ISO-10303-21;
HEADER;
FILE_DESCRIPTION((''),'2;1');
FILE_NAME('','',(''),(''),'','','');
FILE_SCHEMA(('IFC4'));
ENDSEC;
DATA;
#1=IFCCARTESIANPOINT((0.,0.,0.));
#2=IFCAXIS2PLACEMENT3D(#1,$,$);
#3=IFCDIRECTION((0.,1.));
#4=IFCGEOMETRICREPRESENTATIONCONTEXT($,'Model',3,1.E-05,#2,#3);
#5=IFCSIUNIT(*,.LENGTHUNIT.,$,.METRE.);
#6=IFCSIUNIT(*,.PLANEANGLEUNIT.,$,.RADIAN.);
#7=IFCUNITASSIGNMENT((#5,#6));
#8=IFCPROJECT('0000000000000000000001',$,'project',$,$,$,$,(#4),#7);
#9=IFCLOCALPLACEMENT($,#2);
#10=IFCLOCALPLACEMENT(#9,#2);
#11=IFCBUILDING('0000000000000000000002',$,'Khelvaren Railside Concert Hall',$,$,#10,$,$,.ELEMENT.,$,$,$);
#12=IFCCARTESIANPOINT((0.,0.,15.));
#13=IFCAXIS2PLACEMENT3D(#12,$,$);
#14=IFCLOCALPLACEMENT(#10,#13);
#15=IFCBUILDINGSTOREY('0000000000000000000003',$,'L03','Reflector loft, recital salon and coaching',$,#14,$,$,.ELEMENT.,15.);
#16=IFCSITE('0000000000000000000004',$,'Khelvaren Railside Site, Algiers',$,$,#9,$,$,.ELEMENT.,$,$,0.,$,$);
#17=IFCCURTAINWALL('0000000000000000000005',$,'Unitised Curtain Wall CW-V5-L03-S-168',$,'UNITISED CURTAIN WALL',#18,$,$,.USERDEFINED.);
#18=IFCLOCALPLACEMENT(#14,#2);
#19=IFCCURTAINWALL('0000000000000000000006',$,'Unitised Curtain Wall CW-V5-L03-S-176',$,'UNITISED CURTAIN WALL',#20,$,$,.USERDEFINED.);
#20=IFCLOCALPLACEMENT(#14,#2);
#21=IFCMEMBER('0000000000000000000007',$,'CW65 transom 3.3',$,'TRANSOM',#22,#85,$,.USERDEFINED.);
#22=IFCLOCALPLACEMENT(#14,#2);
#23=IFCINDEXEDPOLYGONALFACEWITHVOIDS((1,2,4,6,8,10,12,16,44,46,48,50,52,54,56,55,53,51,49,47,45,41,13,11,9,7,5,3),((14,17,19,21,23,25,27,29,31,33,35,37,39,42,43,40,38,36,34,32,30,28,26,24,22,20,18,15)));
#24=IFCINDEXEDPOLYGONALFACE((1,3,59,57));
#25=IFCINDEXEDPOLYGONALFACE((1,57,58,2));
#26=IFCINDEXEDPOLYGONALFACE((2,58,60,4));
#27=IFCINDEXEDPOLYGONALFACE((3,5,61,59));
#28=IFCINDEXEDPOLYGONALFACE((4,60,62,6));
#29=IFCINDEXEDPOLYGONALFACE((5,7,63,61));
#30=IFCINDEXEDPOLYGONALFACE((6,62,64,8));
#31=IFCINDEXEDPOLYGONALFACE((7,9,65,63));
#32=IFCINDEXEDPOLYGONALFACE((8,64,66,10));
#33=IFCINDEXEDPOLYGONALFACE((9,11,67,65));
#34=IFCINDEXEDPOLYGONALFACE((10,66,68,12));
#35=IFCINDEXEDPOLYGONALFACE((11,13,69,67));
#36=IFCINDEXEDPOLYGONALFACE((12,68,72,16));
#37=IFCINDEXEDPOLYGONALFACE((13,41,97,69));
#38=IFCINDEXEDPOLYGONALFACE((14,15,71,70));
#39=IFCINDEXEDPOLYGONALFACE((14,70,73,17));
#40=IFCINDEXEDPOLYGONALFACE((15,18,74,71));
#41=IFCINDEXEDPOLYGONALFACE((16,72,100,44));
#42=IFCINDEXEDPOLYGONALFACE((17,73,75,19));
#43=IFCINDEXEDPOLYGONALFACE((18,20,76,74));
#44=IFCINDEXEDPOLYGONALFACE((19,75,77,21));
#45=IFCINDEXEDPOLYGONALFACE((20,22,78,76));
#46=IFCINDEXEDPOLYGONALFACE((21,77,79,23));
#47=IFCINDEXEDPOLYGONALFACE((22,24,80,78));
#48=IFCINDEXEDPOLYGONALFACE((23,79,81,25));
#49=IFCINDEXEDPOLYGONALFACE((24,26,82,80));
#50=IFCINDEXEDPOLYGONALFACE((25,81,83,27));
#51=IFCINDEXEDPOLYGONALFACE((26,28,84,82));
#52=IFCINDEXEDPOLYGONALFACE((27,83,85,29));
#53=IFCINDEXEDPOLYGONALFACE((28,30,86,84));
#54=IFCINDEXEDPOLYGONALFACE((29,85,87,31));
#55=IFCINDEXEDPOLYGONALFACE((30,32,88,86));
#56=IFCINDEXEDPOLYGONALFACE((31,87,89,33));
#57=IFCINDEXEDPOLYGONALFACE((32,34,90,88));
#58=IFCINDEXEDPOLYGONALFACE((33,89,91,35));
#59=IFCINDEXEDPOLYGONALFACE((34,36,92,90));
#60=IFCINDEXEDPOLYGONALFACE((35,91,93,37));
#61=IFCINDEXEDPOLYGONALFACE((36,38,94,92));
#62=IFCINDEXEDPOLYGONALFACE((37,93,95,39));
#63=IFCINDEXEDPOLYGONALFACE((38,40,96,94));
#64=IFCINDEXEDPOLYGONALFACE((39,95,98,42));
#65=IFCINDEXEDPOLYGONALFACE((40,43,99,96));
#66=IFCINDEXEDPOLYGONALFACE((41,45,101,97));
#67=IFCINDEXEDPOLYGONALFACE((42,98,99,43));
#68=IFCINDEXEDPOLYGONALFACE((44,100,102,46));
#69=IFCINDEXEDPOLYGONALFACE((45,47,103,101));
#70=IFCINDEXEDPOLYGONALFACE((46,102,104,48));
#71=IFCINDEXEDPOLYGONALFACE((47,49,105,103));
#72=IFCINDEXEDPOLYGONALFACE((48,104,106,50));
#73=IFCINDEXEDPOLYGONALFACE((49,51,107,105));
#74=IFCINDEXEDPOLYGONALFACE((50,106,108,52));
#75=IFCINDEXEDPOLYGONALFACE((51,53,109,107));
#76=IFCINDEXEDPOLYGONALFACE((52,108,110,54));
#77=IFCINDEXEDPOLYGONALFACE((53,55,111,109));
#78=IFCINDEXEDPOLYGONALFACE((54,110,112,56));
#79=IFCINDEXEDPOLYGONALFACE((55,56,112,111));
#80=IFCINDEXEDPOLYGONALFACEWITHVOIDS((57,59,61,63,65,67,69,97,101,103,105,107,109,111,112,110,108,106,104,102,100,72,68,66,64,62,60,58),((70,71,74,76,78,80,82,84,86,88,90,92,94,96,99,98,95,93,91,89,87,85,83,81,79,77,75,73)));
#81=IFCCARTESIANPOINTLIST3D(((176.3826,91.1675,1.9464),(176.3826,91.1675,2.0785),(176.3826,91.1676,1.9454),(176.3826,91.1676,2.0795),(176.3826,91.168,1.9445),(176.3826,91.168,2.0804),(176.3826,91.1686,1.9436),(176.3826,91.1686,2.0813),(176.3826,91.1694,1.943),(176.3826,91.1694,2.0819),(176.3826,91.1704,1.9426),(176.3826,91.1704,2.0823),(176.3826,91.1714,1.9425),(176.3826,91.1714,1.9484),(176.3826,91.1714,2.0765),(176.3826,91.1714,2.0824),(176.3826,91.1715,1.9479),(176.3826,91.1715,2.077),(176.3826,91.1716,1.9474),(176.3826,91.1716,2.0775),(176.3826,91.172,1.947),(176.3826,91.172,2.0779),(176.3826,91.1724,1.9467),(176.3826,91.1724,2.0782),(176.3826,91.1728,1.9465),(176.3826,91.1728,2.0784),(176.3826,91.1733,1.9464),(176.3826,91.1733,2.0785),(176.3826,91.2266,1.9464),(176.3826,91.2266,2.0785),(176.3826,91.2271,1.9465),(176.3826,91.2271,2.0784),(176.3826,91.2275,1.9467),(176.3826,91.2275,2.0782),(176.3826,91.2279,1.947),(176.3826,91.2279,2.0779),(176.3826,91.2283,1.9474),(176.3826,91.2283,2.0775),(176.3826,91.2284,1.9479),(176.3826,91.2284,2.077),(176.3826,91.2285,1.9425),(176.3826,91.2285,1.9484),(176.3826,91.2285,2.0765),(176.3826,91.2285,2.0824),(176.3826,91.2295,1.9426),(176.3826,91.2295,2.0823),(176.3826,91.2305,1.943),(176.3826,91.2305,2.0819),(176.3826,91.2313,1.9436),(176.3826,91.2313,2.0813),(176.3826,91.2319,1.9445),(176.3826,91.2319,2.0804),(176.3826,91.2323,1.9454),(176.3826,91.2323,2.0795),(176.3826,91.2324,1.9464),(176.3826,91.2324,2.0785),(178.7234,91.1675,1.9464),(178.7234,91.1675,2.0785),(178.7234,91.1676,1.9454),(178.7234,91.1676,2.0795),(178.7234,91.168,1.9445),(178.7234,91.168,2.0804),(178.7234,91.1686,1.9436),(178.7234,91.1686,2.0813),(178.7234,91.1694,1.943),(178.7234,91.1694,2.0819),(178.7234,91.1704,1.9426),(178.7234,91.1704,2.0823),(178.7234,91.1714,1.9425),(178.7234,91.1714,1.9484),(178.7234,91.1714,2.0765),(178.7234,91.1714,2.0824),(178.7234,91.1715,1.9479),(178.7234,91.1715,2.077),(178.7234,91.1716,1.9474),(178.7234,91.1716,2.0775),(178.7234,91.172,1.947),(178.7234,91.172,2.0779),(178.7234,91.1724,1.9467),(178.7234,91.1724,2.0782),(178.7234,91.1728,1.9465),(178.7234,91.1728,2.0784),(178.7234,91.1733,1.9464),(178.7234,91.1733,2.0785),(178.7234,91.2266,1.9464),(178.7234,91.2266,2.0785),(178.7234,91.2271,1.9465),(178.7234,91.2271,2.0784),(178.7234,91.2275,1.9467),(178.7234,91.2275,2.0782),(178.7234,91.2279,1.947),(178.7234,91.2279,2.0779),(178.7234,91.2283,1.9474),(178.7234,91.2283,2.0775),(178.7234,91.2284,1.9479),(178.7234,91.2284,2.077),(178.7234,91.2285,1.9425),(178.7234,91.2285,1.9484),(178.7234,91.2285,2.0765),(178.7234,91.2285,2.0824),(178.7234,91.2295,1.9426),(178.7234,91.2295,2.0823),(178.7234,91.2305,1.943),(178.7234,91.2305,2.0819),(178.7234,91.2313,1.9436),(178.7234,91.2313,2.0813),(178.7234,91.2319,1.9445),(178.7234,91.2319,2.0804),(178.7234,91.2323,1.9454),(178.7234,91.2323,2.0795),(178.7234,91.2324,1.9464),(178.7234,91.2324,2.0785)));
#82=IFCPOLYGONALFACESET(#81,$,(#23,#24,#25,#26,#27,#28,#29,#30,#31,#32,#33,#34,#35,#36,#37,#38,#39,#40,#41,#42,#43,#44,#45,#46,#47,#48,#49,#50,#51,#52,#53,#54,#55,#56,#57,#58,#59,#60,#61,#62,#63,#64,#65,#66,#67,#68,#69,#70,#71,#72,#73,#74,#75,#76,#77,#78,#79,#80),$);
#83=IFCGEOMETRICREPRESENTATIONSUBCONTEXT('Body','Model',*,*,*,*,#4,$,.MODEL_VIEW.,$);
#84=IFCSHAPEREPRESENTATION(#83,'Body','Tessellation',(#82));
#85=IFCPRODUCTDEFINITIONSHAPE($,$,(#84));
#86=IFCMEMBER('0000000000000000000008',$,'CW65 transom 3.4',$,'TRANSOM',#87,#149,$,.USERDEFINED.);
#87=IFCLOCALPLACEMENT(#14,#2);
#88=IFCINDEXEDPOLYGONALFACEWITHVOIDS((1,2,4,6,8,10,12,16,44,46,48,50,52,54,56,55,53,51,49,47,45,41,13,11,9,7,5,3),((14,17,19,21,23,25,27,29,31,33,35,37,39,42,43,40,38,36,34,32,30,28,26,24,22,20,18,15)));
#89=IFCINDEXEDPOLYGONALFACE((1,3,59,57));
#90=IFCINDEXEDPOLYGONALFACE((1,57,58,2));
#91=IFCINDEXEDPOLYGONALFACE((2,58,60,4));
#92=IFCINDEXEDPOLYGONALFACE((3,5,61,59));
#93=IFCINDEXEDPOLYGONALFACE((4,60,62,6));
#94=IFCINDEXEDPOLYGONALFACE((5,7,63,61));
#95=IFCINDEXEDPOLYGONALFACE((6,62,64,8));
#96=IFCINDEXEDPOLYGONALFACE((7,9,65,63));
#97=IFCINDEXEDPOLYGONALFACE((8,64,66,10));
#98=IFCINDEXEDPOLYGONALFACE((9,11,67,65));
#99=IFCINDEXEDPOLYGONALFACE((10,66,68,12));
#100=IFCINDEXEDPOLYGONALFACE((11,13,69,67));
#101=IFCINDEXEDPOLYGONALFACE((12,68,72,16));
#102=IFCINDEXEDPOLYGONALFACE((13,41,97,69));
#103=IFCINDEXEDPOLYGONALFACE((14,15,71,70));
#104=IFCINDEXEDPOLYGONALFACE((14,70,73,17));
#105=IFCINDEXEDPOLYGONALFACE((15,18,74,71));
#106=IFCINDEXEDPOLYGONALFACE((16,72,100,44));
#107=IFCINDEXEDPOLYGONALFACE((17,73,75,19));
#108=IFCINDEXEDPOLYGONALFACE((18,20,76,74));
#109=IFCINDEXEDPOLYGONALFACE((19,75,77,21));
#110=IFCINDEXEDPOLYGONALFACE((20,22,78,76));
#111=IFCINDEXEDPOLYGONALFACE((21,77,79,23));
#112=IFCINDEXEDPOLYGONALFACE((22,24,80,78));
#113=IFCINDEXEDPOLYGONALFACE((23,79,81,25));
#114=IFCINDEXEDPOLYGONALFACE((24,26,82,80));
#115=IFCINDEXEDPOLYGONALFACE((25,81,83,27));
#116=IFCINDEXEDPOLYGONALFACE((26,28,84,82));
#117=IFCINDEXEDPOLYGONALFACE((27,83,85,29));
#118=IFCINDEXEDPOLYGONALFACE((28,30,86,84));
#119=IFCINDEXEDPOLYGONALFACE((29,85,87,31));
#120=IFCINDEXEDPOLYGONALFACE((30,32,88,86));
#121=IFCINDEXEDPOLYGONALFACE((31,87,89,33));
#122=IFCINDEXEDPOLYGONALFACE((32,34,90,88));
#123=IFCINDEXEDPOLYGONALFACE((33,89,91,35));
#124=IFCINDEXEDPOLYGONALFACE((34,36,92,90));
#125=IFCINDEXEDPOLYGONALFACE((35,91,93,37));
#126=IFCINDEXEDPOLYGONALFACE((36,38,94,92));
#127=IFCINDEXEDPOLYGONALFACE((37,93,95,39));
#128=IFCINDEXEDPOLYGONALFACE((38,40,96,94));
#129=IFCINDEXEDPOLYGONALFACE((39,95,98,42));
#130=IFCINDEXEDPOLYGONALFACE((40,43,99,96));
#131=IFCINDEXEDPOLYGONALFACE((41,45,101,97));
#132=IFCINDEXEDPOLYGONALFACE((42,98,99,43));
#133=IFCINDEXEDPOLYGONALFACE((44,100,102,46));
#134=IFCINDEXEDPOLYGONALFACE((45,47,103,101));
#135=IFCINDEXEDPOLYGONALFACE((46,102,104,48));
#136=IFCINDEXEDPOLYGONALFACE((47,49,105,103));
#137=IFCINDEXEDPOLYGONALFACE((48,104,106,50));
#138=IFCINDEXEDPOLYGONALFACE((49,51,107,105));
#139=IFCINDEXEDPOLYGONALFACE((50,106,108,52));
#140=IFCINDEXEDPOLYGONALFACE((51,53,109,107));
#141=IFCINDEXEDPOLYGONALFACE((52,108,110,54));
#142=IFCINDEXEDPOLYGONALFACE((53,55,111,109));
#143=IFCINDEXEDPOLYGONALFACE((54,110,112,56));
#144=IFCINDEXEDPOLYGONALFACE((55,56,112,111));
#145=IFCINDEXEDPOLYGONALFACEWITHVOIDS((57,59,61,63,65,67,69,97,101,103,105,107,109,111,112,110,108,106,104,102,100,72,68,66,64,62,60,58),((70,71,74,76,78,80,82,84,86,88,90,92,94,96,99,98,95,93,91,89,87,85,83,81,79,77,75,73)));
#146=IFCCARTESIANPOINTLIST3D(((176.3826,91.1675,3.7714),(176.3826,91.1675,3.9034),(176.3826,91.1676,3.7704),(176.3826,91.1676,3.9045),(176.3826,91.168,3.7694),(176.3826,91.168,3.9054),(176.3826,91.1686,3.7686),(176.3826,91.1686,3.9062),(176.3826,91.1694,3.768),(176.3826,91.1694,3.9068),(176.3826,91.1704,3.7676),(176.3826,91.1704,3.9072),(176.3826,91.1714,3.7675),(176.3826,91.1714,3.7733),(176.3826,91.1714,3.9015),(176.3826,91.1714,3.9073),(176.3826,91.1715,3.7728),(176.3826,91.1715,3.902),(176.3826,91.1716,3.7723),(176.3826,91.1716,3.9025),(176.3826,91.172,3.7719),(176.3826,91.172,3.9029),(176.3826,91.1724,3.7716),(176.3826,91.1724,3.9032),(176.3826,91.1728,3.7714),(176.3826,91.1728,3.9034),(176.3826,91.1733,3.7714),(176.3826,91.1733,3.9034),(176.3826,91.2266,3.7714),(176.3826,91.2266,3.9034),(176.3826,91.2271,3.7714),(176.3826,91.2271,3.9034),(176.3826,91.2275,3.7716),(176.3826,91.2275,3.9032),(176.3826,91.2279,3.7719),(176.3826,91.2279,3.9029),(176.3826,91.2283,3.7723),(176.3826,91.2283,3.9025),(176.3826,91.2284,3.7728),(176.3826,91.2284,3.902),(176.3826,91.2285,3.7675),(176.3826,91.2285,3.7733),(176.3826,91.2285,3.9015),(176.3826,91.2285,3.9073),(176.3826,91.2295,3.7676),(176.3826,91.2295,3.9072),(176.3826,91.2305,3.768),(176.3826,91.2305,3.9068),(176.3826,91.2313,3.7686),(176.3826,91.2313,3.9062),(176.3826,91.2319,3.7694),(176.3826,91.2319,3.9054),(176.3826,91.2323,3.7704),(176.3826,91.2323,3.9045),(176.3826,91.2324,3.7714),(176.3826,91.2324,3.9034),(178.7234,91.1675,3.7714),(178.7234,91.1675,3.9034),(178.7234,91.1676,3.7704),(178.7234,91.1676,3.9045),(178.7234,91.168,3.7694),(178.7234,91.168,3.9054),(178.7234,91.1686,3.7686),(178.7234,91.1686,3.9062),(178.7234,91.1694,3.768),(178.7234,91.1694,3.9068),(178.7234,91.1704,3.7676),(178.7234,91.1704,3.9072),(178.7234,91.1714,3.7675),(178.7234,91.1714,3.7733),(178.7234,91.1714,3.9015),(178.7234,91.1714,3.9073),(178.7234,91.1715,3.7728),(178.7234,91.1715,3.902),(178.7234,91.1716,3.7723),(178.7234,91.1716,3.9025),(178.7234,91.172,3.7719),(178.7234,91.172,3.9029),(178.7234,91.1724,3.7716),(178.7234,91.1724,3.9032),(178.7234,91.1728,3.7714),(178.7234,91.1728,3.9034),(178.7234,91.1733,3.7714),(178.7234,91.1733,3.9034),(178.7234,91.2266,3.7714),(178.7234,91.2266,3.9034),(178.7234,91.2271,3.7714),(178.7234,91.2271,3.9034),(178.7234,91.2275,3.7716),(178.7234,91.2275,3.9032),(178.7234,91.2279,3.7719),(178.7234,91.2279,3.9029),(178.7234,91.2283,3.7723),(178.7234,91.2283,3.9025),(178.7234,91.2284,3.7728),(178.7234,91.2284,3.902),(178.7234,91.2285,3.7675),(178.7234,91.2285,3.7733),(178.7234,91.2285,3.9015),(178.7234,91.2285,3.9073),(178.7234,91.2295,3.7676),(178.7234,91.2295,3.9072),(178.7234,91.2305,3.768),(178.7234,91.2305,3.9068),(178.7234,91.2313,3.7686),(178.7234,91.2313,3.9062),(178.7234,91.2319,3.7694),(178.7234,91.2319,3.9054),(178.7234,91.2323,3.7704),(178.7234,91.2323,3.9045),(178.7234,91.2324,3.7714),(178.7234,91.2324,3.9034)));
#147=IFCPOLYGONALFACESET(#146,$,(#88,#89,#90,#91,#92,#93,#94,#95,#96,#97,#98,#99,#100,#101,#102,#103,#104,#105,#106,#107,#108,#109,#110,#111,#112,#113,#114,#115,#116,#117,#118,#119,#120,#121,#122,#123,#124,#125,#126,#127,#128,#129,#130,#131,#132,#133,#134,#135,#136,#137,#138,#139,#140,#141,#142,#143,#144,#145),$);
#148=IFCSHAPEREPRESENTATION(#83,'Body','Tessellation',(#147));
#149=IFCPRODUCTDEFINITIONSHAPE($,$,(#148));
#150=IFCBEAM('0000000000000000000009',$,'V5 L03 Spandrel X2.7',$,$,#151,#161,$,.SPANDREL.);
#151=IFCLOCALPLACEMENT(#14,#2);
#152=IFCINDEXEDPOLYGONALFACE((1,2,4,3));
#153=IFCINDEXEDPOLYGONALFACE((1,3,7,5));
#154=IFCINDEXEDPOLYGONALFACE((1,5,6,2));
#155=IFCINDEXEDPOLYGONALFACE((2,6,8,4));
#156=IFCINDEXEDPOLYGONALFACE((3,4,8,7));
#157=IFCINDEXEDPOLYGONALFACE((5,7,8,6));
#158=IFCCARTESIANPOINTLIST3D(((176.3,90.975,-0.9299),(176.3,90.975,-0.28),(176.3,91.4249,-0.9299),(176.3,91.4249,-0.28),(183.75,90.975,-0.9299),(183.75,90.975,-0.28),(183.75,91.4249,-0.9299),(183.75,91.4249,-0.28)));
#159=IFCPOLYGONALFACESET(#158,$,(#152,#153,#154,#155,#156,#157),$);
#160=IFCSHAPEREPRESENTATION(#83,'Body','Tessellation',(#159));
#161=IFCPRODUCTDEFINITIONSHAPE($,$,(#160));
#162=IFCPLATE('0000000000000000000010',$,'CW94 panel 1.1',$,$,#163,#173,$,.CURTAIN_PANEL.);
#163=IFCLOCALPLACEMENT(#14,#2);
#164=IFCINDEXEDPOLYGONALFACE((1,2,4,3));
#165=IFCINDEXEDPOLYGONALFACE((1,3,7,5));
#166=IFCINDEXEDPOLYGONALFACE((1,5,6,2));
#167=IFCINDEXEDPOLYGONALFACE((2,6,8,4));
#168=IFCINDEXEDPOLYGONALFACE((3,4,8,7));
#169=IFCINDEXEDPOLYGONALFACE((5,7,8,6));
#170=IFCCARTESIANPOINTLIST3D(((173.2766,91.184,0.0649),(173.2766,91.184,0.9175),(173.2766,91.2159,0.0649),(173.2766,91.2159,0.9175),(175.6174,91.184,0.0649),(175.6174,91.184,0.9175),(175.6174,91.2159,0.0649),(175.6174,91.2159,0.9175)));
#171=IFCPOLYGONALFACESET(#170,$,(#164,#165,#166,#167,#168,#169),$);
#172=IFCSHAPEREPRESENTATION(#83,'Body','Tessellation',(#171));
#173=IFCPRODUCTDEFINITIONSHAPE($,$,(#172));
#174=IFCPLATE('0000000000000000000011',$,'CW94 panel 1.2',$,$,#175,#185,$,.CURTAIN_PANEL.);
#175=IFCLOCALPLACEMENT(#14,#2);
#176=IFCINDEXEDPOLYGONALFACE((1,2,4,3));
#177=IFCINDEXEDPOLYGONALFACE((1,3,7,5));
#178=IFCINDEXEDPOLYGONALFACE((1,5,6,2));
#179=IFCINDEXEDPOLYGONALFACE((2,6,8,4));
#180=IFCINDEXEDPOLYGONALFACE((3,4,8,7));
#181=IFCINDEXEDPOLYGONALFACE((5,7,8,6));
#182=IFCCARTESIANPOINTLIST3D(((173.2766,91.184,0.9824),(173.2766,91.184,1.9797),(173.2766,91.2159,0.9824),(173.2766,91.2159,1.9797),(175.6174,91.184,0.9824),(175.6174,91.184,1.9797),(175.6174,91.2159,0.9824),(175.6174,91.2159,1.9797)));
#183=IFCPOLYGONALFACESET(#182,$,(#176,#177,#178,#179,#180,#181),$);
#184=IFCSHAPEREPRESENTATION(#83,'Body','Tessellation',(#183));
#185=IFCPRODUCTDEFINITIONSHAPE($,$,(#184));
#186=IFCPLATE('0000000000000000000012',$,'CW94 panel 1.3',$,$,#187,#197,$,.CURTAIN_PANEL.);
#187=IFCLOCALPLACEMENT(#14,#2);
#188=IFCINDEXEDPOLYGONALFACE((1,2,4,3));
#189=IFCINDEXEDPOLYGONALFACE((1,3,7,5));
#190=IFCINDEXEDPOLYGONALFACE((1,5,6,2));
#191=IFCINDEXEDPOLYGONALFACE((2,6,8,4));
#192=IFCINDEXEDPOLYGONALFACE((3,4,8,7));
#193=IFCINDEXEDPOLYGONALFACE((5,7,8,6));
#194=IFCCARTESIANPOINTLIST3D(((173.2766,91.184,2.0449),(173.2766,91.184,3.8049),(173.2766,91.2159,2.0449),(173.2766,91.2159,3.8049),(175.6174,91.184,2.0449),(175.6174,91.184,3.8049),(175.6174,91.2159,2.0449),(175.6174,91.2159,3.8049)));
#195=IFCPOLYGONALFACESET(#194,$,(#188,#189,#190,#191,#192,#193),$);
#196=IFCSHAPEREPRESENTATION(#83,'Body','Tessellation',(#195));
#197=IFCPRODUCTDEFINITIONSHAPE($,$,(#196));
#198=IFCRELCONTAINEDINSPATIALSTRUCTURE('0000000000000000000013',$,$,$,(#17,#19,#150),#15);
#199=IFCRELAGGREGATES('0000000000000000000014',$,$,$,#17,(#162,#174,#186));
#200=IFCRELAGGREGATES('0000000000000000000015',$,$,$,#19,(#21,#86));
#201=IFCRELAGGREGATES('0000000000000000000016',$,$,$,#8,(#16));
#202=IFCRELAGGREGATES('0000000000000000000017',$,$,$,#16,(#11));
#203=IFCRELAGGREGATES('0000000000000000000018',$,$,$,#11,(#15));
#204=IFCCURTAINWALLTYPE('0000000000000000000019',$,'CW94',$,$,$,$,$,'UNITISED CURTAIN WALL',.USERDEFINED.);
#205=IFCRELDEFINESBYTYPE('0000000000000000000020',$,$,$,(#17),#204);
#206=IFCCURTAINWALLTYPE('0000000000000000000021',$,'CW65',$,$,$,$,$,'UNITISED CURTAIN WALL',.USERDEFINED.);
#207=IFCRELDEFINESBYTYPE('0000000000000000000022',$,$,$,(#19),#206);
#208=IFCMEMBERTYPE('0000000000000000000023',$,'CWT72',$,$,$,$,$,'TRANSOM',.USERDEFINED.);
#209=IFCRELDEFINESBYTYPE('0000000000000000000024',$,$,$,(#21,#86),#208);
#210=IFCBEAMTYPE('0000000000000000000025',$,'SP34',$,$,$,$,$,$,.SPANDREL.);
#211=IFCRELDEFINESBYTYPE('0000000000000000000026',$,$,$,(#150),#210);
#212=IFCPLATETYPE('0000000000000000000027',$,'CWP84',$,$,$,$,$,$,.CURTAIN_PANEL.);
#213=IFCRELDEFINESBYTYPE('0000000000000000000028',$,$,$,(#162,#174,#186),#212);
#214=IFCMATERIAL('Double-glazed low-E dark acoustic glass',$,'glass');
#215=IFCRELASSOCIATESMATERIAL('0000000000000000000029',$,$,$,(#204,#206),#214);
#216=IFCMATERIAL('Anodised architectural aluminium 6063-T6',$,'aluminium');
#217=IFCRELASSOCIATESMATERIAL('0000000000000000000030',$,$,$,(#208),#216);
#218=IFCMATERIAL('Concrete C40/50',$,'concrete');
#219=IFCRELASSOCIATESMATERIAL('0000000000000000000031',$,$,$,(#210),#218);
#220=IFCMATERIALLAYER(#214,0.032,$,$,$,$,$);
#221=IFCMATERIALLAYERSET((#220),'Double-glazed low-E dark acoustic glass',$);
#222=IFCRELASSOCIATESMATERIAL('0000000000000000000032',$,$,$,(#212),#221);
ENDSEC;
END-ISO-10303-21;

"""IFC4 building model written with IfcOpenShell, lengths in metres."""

from ifc_helpers import new_model, si_unit, direction, frame, origin, origin_2d, place, context, subcontext, project, spatial, rectangle, hollow_rectangle, extrude, material, layer, layer_set, material_profile, profile_set, type_object, element, aggregate, save


model = new_model("IFC4")

# Units and contexts
model_context = context("Model", 3, precision=1e-05, world=origin(), true_north=direction((0.0, 1.0)))
body_context = subcontext(model_context, "Body", "Model", "MODEL_VIEW")
ifc_project = project(units=[si_unit("LENGTHUNIT", "METRE"), si_unit("PLANEANGLEUNIT", "RADIAN")], contexts=[model_context])

# Site, building, storey
site_placement = place(None, origin())
site = spatial("IfcSite", under=ifc_project, at=site_placement, Name="Khelvaren Railside Site, Algiers", CompositionType="ELEMENT", RefElevation=0.0)
building_placement = place(site_placement, origin())
building = spatial("IfcBuilding", under=site, at=building_placement, Name="Khelvaren Railside Concert Hall", CompositionType="ELEMENT")
storey_placement = place(building_placement, frame((0.0, 0.0, 15.0)))
storey = spatial("IfcBuildingStorey", under=building, at=storey_placement, Name="L03", Description="Reflector loft, recital salon and coaching", CompositionType="ELEMENT", Elevation=15.0)

# Curtain wall
ifc_material_1 = material(Name="Double-glazed low-E dark acoustic glass", Category="glass")
curtain_wall_type_1 = type_object("IfcCurtainWallType", Name="CW94", ElementType="UNITISED CURTAIN WALL", PredefinedType="USERDEFINED", material=ifc_material_1)
curtain_wall_1_placement = place(storey_placement, origin())
curtain_wall_1 = element("IfcCurtainWall", 1, at=curtain_wall_1_placement, inside=storey, type_object=curtain_wall_type_1, Name="Unitised Curtain Wall CW-V5-L03-S-168", ObjectType="UNITISED CURTAIN WALL", PredefinedType="USERDEFINED")
ifc_material_2 = material(Name="Anodised architectural aluminium 6063-T6", Category="aluminium")

# Curtain wall
curtain_wall_type_2 = type_object("IfcCurtainWallType", Name="CW65", ElementType="UNITISED CURTAIN WALL", PredefinedType="USERDEFINED", material=ifc_material_1)
curtain_wall_2_placement = place(storey_placement, origin())
curtain_wall_2 = element("IfcCurtainWall", 2, at=curtain_wall_2_placement, inside=storey, type_object=curtain_wall_type_2, Name="Unitised Curtain Wall CW-V5-L03-S-176", ObjectType="UNITISED CURTAIN WALL", PredefinedType="USERDEFINED")

# Members
ifc_material_profile_1 = material_profile(ifc_material_2, hollow_rectangle(XDim=0.0649, YDim=0.1399, WallThickness=0.0039, InnerFilletRadius=0.002, OuterFilletRadius=0.0039, at=origin_2d()), Name="CWT 65x140x4")
ifc_profile_set_1 = profile_set([ifc_material_profile_1], Name="Anodised architectural aluminium 6063-T6")
member_type_1 = type_object("IfcMemberType", Name="CWT72", ElementType="TRANSOM", PredefinedType="USERDEFINED", material=ifc_profile_set_1)
member_1_placement = place(storey_placement, frame((178.7234, 91.2, 2.0125), z_axis=(-1.0, 0.0, 0.0), x_axis=(0.0, -1.0, 0.0)))
member_1 = element("IfcMember", 3, at=member_1_placement, type_object=member_type_1, Name="CW65 transom 3.3", ObjectType="TRANSOM", PredefinedType="USERDEFINED", context=body_context, shape_type="SweptSolid", body=[
    extrude(hollow_rectangle(XDim=0.0649, YDim=0.1399, WallThickness=0.0039, InnerFilletRadius=0.002, OuterFilletRadius=0.0039, at=origin_2d()), origin(), (0.0, 0.0, 1.0), 2.3408),
])
member_2_placement = place(storey_placement, frame((178.7234, 91.2, 3.8374), z_axis=(-1.0, 0.0, 0.0), x_axis=(0.0, -1.0, 0.0)))
member_2 = element("IfcMember", 4, at=member_2_placement, type_object=member_type_1, Name="CW65 transom 3.4", ObjectType="TRANSOM", PredefinedType="USERDEFINED", context=body_context, shape_type="SweptSolid", body=[
    extrude(hollow_rectangle(XDim=0.0649, YDim=0.1399, WallThickness=0.0039, InnerFilletRadius=0.002, OuterFilletRadius=0.0039, at=origin_2d()), origin(), (0.0, 0.0, 1.0), 2.3408),
])

# Beam
ifc_material_3 = material(Name="Concrete C40/50", Category="concrete")
ifc_material_profile_2 = material_profile(ifc_material_3, rectangle(XDim=0.45, YDim=0.6499, at=origin_2d()), Name="RCB 450x650")
ifc_profile_set_2 = profile_set([ifc_material_profile_2], Name="Concrete C40/50")
beam_type = type_object("IfcBeamType", Name="SP34", PredefinedType="SPANDREL", material=ifc_profile_set_2)
beam_placement = place(storey_placement, frame((176.3, 91.2, -0.605), z_axis=(1.0, 0.0, 0.0), x_axis=(0.0, 1.0, 0.0)))
element("IfcBeam", 5, at=beam_placement, inside=storey, type_object=beam_type, Name="V5 L03 Spandrel X2.7", PredefinedType="SPANDREL", context=body_context, shape_type="SweptSolid", body=[
    extrude(rectangle(XDim=0.45, YDim=0.6499, at=origin_2d()), origin(), (0.0, 0.0, 1.0), 7.45),
])

# Plates
ifc_layer = layer(ifc_material_1, 0.032)
ifc_layer_set = layer_set([ifc_layer], Name="Double-glazed low-E dark acoustic glass")
plate_type = type_object("IfcPlateType", Name="CWP84", PredefinedType="CURTAIN_PANEL", material=ifc_layer_set)
plate_1_placement = place(storey_placement, frame((174.447, 91.2, 0.0649), z_axis=(0.0, 0.0, 1.0), x_axis=(-1.0, 0.0, 0.0)))
plate_1 = element("IfcPlate", 6, at=plate_1_placement, type_object=plate_type, Name="CW94 panel 1.1", PredefinedType="CURTAIN_PANEL", context=body_context, shape_type="SweptSolid", body=[
    extrude(rectangle(XDim=2.3408, YDim=0.032, at=origin_2d()), origin(), (0.0, 0.0, 1.0), 0.8525),
])
plate_2_placement = place(storey_placement, frame((174.447, 91.2, 0.9824), z_axis=(0.0, 0.0, 1.0), x_axis=(-1.0, 0.0, 0.0)))
plate_2 = element("IfcPlate", 7, at=plate_2_placement, type_object=plate_type, Name="CW94 panel 1.2", PredefinedType="CURTAIN_PANEL", context=body_context, shape_type="SweptSolid", body=[
    extrude(rectangle(XDim=2.3408, YDim=0.032, at=origin_2d()), origin(), (0.0, 0.0, 1.0), 0.9973),
])
plate_3_placement = place(storey_placement, frame((174.447, 91.2, 2.0449), z_axis=(0.0, 0.0, 1.0), x_axis=(-1.0, 0.0, 0.0)))
plate_3 = element("IfcPlate", 8, at=plate_3_placement, type_object=plate_type, Name="CW94 panel 1.3", PredefinedType="CURTAIN_PANEL", context=body_context, shape_type="SweptSolid", body=[
    extrude(rectangle(XDim=2.3408, YDim=0.032, at=origin_2d()), origin(), (0.0, 0.0, 1.0), 1.76),
])
aggregate(curtain_wall_1, [plate_1, plate_2, plate_3])
aggregate(curtain_wall_2, [member_1, member_2])

save(model, "model.ifc")
